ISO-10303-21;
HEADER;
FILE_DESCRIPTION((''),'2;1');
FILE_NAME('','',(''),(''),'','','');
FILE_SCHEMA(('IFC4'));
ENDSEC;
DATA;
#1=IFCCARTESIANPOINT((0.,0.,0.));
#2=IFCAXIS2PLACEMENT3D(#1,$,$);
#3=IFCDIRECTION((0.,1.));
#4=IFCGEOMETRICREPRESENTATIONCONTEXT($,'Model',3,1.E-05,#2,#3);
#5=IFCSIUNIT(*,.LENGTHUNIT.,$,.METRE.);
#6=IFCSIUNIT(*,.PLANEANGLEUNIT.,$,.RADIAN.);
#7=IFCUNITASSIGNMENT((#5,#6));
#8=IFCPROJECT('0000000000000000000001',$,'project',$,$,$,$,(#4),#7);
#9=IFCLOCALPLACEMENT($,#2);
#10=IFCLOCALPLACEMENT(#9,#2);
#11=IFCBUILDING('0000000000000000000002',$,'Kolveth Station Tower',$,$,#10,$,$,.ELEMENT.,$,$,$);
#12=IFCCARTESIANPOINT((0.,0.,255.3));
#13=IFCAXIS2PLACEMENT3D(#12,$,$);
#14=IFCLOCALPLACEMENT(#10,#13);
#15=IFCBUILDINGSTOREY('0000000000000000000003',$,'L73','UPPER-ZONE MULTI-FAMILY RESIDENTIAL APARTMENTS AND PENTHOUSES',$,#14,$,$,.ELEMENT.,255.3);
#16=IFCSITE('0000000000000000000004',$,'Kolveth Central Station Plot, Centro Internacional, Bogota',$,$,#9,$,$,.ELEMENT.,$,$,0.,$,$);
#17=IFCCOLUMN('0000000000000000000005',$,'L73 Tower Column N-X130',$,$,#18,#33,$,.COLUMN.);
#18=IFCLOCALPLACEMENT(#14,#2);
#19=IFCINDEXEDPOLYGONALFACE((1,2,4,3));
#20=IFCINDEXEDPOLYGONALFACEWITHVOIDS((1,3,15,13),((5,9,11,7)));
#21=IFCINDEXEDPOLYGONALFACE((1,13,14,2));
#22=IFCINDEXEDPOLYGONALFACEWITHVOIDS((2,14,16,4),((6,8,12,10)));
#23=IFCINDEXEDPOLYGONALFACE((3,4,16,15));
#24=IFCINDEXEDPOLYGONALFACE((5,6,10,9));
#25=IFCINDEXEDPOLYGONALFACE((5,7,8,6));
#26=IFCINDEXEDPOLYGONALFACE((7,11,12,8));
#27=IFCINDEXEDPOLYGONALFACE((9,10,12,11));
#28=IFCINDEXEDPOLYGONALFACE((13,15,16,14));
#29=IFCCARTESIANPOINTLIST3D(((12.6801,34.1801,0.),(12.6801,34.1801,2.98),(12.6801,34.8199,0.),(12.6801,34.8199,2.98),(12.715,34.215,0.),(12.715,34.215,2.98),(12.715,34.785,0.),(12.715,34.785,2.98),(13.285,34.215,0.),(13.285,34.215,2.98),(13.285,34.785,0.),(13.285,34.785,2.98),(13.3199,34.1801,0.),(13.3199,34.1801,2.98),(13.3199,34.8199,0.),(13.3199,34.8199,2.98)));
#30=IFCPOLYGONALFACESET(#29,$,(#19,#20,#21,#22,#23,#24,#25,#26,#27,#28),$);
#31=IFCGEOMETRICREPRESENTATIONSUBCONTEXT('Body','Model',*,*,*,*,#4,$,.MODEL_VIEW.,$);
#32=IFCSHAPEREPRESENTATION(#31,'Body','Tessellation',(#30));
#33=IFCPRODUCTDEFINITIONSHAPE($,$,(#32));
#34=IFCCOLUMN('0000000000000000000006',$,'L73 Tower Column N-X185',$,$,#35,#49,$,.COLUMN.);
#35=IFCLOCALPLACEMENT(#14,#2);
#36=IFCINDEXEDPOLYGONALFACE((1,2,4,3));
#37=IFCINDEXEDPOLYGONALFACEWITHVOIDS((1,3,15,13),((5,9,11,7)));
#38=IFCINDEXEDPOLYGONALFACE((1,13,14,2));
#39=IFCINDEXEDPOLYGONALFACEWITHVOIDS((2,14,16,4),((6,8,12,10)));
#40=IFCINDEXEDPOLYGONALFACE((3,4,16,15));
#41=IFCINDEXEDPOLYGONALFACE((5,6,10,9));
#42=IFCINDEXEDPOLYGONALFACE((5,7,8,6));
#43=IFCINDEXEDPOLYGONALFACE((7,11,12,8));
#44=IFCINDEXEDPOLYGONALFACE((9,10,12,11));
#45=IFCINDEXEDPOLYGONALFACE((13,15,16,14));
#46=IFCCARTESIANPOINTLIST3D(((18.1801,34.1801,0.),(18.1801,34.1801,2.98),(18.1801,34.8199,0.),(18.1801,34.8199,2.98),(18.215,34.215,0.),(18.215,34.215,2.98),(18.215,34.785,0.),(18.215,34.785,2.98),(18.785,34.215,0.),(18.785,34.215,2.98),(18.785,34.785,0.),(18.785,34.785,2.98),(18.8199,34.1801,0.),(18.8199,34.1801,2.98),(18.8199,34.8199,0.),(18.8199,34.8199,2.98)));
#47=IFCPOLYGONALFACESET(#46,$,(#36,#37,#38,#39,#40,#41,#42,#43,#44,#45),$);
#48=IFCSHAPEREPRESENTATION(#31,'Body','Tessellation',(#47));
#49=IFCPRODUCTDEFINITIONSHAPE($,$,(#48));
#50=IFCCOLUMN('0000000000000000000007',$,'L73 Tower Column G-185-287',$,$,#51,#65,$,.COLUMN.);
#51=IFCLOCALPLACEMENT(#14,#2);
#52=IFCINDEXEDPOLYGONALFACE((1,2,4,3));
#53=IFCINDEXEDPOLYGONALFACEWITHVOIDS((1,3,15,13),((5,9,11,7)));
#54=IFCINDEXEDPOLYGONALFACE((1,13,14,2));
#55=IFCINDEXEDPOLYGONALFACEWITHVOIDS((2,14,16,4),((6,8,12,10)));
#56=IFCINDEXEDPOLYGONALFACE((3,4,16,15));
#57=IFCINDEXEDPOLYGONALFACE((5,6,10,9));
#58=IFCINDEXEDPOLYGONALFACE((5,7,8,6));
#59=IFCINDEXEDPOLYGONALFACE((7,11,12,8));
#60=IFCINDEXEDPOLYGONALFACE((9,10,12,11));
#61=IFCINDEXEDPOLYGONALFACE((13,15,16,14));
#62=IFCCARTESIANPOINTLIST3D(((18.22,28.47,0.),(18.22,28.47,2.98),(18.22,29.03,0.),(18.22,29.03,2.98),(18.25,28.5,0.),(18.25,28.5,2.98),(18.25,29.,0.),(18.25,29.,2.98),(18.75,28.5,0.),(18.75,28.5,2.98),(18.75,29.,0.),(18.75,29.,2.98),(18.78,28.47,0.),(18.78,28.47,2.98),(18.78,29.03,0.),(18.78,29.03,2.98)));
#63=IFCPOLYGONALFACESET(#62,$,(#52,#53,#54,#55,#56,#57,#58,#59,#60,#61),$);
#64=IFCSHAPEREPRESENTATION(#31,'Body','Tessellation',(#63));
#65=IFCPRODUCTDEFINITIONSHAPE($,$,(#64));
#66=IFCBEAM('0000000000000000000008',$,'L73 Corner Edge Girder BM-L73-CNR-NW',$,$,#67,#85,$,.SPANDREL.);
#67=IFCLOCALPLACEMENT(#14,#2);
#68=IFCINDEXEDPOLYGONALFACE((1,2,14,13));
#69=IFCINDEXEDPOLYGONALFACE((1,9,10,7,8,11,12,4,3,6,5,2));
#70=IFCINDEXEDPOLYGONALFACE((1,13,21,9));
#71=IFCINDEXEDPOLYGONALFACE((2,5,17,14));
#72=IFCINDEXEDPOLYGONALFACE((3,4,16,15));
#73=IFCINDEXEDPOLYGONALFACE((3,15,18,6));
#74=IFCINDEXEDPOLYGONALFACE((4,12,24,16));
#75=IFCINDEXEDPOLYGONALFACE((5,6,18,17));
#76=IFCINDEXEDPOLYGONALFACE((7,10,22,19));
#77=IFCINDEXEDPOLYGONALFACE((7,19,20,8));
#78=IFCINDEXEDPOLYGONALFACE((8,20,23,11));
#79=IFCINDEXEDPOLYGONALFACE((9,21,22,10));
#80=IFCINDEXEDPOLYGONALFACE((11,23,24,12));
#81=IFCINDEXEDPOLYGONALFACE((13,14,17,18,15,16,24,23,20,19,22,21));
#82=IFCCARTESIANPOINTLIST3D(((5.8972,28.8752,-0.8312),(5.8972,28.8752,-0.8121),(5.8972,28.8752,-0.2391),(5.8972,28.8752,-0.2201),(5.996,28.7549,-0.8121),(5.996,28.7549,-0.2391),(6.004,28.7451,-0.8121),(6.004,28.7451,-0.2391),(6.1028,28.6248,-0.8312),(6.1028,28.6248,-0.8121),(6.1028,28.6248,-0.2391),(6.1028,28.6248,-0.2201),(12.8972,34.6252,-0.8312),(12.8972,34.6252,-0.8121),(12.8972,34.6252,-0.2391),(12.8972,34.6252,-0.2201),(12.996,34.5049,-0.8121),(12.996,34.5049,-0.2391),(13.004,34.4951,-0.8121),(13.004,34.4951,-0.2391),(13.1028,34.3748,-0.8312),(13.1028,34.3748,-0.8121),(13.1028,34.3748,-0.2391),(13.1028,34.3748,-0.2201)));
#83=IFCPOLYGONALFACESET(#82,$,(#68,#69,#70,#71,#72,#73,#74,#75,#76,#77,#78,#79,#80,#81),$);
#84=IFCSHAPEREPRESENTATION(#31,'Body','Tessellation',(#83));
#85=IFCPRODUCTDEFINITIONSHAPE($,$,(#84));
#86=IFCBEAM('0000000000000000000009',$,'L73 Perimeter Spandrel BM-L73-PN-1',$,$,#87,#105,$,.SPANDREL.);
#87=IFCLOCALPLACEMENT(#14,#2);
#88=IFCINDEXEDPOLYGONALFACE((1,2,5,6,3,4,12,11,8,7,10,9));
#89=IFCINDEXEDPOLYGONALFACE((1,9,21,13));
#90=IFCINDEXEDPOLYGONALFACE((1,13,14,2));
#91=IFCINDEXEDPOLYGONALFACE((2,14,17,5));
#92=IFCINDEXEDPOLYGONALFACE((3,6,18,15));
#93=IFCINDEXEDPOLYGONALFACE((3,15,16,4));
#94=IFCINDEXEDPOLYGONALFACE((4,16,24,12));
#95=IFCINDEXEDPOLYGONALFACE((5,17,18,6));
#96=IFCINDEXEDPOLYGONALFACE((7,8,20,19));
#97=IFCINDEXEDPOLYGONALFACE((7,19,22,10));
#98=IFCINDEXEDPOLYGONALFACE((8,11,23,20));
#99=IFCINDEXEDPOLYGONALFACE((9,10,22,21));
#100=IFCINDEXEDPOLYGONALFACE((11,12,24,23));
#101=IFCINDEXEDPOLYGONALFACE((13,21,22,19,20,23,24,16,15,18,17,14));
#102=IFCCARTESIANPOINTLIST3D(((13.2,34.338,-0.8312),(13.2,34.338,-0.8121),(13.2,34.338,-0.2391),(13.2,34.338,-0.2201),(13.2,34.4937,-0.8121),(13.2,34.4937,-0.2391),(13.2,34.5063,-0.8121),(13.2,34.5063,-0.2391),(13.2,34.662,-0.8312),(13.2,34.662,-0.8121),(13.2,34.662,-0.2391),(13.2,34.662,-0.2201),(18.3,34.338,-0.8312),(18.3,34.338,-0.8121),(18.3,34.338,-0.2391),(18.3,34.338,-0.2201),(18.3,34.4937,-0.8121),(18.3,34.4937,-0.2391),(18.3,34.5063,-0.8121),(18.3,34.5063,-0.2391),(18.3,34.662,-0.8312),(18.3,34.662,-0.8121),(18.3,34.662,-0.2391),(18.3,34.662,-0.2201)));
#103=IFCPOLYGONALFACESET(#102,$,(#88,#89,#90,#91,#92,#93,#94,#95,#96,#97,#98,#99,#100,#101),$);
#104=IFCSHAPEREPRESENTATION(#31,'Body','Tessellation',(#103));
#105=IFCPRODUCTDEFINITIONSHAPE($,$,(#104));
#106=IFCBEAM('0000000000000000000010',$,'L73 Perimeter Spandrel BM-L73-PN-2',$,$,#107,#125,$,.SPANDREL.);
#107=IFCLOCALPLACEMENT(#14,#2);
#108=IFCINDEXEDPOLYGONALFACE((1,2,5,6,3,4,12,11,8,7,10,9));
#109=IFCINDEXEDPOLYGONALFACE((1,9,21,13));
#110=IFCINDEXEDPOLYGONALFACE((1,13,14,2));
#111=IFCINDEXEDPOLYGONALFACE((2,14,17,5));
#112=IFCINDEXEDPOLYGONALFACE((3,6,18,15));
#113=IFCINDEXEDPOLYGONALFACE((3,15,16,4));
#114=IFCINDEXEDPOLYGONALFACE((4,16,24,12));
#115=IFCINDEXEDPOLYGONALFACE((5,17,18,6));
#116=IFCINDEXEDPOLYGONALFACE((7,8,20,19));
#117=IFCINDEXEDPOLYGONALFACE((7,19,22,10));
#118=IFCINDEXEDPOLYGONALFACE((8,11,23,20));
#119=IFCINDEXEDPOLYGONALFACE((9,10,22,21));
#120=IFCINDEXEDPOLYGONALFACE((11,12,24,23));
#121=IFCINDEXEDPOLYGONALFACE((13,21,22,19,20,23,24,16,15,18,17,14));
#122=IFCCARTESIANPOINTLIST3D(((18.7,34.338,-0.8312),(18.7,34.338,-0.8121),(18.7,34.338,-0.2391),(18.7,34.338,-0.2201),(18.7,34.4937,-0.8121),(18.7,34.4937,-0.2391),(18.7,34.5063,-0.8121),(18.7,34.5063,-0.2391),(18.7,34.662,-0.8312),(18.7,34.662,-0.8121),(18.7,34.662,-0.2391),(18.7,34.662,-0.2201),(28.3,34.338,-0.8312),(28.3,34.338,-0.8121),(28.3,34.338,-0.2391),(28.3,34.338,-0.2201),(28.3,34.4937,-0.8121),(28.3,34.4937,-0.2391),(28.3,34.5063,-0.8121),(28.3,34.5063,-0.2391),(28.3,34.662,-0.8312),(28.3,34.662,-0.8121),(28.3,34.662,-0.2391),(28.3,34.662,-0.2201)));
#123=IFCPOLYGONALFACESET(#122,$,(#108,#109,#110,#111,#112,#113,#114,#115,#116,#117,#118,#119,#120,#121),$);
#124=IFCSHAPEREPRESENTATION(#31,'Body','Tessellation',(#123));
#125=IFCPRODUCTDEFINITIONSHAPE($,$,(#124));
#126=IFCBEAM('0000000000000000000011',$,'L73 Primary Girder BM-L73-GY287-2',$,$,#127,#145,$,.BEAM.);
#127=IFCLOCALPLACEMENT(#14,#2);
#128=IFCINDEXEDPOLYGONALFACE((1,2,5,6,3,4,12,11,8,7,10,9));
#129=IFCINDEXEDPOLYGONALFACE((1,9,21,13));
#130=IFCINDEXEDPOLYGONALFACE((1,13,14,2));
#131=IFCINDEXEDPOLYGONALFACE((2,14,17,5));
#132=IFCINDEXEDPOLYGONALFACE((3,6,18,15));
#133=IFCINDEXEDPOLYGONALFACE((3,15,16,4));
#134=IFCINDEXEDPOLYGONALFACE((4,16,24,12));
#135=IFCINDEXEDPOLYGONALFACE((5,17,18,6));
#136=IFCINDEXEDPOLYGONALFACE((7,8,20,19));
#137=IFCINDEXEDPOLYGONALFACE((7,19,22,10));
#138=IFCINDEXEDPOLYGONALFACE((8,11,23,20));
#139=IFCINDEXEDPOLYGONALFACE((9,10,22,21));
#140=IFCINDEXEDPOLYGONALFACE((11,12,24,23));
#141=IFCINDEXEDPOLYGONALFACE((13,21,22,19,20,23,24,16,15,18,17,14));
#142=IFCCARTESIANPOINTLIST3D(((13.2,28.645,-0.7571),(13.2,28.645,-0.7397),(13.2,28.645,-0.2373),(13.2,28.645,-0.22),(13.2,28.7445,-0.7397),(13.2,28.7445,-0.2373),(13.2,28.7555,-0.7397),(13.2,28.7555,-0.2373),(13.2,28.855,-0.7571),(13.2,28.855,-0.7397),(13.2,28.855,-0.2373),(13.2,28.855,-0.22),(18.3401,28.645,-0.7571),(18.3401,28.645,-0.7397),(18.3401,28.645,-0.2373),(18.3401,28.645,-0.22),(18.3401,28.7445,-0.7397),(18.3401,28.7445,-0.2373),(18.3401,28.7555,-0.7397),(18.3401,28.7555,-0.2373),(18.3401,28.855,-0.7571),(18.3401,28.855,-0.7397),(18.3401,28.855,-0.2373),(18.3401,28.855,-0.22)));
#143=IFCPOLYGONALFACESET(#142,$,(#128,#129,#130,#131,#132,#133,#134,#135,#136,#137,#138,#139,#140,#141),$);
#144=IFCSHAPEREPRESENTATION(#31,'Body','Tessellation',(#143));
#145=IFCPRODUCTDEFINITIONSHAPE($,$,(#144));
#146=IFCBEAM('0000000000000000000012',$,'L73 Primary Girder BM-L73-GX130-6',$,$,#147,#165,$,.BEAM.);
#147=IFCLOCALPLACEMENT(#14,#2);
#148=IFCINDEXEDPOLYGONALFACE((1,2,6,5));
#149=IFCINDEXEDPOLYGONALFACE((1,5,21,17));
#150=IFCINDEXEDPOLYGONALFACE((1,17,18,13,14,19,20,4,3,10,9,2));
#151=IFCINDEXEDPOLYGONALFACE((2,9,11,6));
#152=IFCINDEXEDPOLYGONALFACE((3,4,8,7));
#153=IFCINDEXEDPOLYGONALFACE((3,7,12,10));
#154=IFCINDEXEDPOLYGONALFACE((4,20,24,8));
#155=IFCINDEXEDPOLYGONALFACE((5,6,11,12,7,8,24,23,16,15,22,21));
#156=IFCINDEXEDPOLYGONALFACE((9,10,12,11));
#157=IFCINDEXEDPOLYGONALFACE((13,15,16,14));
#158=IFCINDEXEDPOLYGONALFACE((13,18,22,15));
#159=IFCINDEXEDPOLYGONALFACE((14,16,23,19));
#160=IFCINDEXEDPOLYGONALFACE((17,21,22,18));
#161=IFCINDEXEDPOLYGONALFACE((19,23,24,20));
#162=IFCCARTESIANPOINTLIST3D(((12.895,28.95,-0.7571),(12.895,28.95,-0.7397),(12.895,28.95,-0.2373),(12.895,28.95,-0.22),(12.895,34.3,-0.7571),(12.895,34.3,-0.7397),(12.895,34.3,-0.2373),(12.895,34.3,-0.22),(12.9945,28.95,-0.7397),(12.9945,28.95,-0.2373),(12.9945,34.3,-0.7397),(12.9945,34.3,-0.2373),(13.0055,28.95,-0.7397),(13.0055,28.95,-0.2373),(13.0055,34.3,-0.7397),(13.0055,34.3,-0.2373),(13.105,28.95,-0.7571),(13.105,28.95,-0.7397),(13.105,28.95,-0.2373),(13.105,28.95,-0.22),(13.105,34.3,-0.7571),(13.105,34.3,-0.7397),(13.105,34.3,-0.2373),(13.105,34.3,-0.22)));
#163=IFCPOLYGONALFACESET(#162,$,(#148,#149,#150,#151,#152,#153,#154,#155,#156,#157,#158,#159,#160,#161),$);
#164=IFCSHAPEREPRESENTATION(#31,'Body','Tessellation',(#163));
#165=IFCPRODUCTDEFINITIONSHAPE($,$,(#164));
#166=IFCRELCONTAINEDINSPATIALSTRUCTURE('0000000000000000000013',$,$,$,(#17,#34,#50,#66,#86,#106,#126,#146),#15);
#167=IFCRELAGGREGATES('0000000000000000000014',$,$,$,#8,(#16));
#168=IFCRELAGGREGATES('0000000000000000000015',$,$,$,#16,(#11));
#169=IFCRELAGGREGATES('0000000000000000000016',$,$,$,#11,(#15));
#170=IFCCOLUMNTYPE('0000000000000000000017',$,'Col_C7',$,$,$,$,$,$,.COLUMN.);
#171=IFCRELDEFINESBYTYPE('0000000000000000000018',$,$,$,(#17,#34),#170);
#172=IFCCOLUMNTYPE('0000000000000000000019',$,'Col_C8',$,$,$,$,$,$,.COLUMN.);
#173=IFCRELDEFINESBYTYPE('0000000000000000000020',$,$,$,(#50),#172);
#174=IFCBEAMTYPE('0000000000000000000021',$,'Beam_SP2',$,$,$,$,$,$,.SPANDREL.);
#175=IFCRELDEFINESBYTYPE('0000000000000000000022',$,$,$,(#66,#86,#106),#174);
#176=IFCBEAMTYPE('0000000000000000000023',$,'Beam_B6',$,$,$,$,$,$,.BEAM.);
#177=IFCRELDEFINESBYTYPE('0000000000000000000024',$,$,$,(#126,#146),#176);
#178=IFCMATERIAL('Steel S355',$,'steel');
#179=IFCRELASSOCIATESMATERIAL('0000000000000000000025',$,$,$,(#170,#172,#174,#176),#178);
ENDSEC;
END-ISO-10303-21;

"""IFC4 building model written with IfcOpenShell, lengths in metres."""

from ifc_helpers import new_model, si_unit, direction, frame, origin, origin_2d, place, context, subcontext, project, spatial, hollow_rectangle, i_section, extrude, source, transform, mapped, material, material_profile, profile_set, type_object, element, save


model = new_model("IFC4")

# Units and contexts
model_context = context("Model", 3, precision=1e-05, world=origin(), true_north=direction((0.0, 1.0)))
body_context = subcontext(model_context, "Body", "Model", "MODEL_VIEW")
ifc_project = project(units=[si_unit("LENGTHUNIT", "METRE"), si_unit("PLANEANGLEUNIT", "RADIAN")], contexts=[model_context])

# Site, building, storey
site_placement = place(None, origin())
site = spatial("IfcSite", under=ifc_project, at=site_placement, Name="Kolveth Central Station Plot, Centro Internacional, Bogota", CompositionType="ELEMENT", RefElevation=0.0)
building_placement = place(site_placement, origin())
building = spatial("IfcBuilding", under=site, at=building_placement, Name="Kolveth Station Tower", CompositionType="ELEMENT")
storey_placement = place(building_placement, frame((0.0, 0.0, 255.3)))
storey = spatial("IfcBuildingStorey", under=building, at=storey_placement, Name="L73", Description="UPPER-ZONE MULTI-FAMILY RESIDENTIAL APARTMENTS AND PENTHOUSES", CompositionType="ELEMENT", Elevation=255.3)

# Columns
ifc_material_1 = material(Name="Steel S355", Category="steel")
ifc_material_profile_1 = material_profile(ifc_material_1, hollow_rectangle(XDim=0.6399, YDim=0.6399, WallThickness=0.0349, at=origin_2d()), Name="BOX640x640x35")
ifc_profile_set_1 = profile_set([ifc_material_profile_1], Name="Steel S355")
column_type_1 = type_object("IfcColumnType", Name="Col_C7", PredefinedType="COLUMN", material=ifc_profile_set_1)
shared_shape_1 = source(origin(), body_context, "Body", "SweptSolid", [
    extrude(hollow_rectangle(XDim=0.6399, YDim=0.6399, WallThickness=0.0349, at=origin_2d()), origin(), (0.0, 0.0, 1.0), 2.98),
])
for number, where, z_axis, x_axis, name in (
    (1, (13.0, 34.5, 0.0), (0.0, 0.0, 1.0), (1.0, 0.0, 0.0), "L73 Tower Column N-X130"),
    (2, (18.5, 34.5, 0.0), (0.0, 0.0, 1.0), (1.0, 0.0, 0.0), "L73 Tower Column N-X185"),
):
    element("IfcColumn", number, at=place(storey_placement, frame(where, z_axis=z_axis, x_axis=x_axis)), inside=storey, type_object=column_type_1, Name=name, PredefinedType="COLUMN", context=body_context, shape_type="MappedRepresentation", body=[
        mapped(shared_shape_1, transform((0.0, 0.0, 0.0), x_axis=(1.0, 0.0, 0.0), y_axis=(0.0, 1.0, 0.0), z_axis=(0.0, 0.0, 1.0), scale=1.0)),
    ])
ifc_material_profile_2 = material_profile(ifc_material_1, hollow_rectangle(XDim=0.5601, YDim=0.5601, WallThickness=0.03, at=origin_2d()), Name="BOX560x560x30")
ifc_profile_set_2 = profile_set([ifc_material_profile_2], Name="Steel S355")
column_type_2 = type_object("IfcColumnType", Name="Col_C8", PredefinedType="COLUMN", material=ifc_profile_set_2)
shared_shape_2 = source(origin(), body_context, "Body", "SweptSolid", [
    extrude(hollow_rectangle(XDim=0.5601, YDim=0.5601, WallThickness=0.03, at=origin_2d()), origin(), (0.0, 0.0, 1.0), 2.98),
])
column_placement = place(storey_placement, frame((18.5, 28.75, 0.0), z_axis=(0.0, 0.0, 1.0), x_axis=(1.0, 0.0, 0.0)))
element("IfcColumn", 3, at=column_placement, inside=storey, type_object=column_type_2, Name="L73 Tower Column G-185-287", PredefinedType="COLUMN", context=body_context, shape_type="MappedRepresentation", body=[
    mapped(shared_shape_2, transform((0.0, 0.0, 0.0), x_axis=(1.0, 0.0, 0.0), y_axis=(0.0, 1.0, 0.0), z_axis=(0.0, 0.0, 1.0), scale=1.0)),
])

# Beams
ifc_material_profile_3 = material_profile(ifc_material_1, i_section(OverallWidth=0.324, OverallDepth=0.6111, WebThickness=0.0127, FlangeThickness=0.019, at=origin_2d()), Name="W610x155")
ifc_profile_set_3 = profile_set([ifc_material_profile_3], Name="Steel S355")
beam_type_1 = type_object("IfcBeamType", Name="Beam_SP2", PredefinedType="SPANDREL", material=ifc_profile_set_3)
shared_shape_3 = source(origin(), body_context, "Body", "SweptSolid", [
    extrude(i_section(OverallWidth=0.324, OverallDepth=0.6111, WebThickness=0.0127, FlangeThickness=0.019, at=origin_2d()), origin(), (0.0, 0.0, 1.0), 9.0588),
])
beam_1_placement = place(storey_placement, frame((13.0, 34.5, -0.5256), z_axis=(-0.772726, -0.634739, 0.0), x_axis=(0.634739, -0.772726, 0.0)))
element("IfcBeam", 4, at=beam_1_placement, inside=storey, type_object=beam_type_1, Name="L73 Corner Edge Girder BM-L73-CNR-NW", PredefinedType="SPANDREL", context=body_context, shape_type="MappedRepresentation", body=[
    mapped(shared_shape_3, transform((0.0, 0.0, 0.0), x_axis=(1.0, 0.0, 0.0), y_axis=(0.0, 1.0, 0.0), z_axis=(0.0, 0.0, 1.0), scale=1.0)),
])
shared_shape_4 = source(origin(), body_context, "Body", "SweptSolid", [
    extrude(i_section(OverallWidth=0.324, OverallDepth=0.6111, WebThickness=0.0127, FlangeThickness=0.019, at=origin_2d()), origin(), (0.0, 0.0, 1.0), 5.1001),
])
beam_2_placement = place(storey_placement, frame((13.2, 34.5, -0.5256), z_axis=(1.0, 0.0, 0.0), x_axis=(0.0, 1.0, 0.0)))
element("IfcBeam", 5, at=beam_2_placement, inside=storey, type_object=beam_type_1, Name="L73 Perimeter Spandrel BM-L73-PN-1", PredefinedType="SPANDREL", context=body_context, shape_type="MappedRepresentation", body=[
    mapped(shared_shape_4, transform((0.0, 0.0, 0.0), x_axis=(1.0, 0.0, 0.0), y_axis=(0.0, 1.0, 0.0), z_axis=(0.0, 0.0, 1.0), scale=1.0)),
])
shared_shape_5 = source(origin(), body_context, "Body", "SweptSolid", [
    extrude(i_section(OverallWidth=0.324, OverallDepth=0.6111, WebThickness=0.0127, FlangeThickness=0.019, at=origin_2d()), origin(), (0.0, 0.0, 1.0), 9.6001),
])
beam_3_placement = place(storey_placement, frame((18.7, 34.5, -0.5256), z_axis=(1.0, 0.0, 0.0), x_axis=(0.0, 1.0, 0.0)))
element("IfcBeam", 6, at=beam_3_placement, inside=storey, type_object=beam_type_1, Name="L73 Perimeter Spandrel BM-L73-PN-2", PredefinedType="SPANDREL", context=body_context, shape_type="MappedRepresentation", body=[
    mapped(shared_shape_5, transform((0.0, 0.0, 0.0), x_axis=(1.0, 0.0, 0.0), y_axis=(0.0, 1.0, 0.0), z_axis=(0.0, 0.0, 1.0), scale=1.0)),
])
ifc_material_profile_4 = material_profile(ifc_material_1, i_section(OverallWidth=0.21, OverallDepth=0.5371, WebThickness=0.011, FlangeThickness=0.0173, at=origin_2d()), Name="W530x101")
ifc_profile_set_4 = profile_set([ifc_material_profile_4], Name="Steel S355")
beam_type_2 = type_object("IfcBeamType", Name="Beam_B6", PredefinedType="BEAM", material=ifc_profile_set_4)
shared_shape_6 = source(origin(), body_context, "Body", "SweptSolid", [
    extrude(i_section(OverallWidth=0.21, OverallDepth=0.5371, WebThickness=0.011, FlangeThickness=0.0173, at=origin_2d()), origin(), (0.0, 0.0, 1.0), 5.1401),
])
beam_4_placement = place(storey_placement, frame((13.2, 28.75, -0.4885), z_axis=(1.0, 0.0, 0.0), x_axis=(0.0, 1.0, 0.0)))
element("IfcBeam", 7, at=beam_4_placement, inside=storey, type_object=beam_type_2, Name="L73 Primary Girder BM-L73-GY287-2", PredefinedType="BEAM", context=body_context, shape_type="MappedRepresentation", body=[
    mapped(shared_shape_6, transform((0.0, 0.0, 0.0), x_axis=(1.0, 0.0, 0.0), y_axis=(0.0, 1.0, 0.0), z_axis=(0.0, 0.0, 1.0), scale=1.0)),
])
shared_shape_7 = source(origin(), body_context, "Body", "SweptSolid", [
    extrude(i_section(OverallWidth=0.21, OverallDepth=0.5371, WebThickness=0.011, FlangeThickness=0.0173, at=origin_2d()), origin(), (0.0, 0.0, 1.0), 5.3501),
])
beam_5_placement = place(storey_placement, frame((13.0, 28.95, -0.4885), z_axis=(0.0, 1.0, 0.0), x_axis=(-1.0, 0.0, 0.0)))
element("IfcBeam", 8, at=beam_5_placement, inside=storey, type_object=beam_type_2, Name="L73 Primary Girder BM-L73-GX130-6", PredefinedType="BEAM", context=body_context, shape_type="MappedRepresentation", body=[
    mapped(shared_shape_7, transform((0.0, 0.0, 0.0), x_axis=(1.0, 0.0, 0.0), y_axis=(0.0, 1.0, 0.0), z_axis=(0.0, 0.0, 1.0), scale=1.0)),
])

save(model, "model.ifc")
